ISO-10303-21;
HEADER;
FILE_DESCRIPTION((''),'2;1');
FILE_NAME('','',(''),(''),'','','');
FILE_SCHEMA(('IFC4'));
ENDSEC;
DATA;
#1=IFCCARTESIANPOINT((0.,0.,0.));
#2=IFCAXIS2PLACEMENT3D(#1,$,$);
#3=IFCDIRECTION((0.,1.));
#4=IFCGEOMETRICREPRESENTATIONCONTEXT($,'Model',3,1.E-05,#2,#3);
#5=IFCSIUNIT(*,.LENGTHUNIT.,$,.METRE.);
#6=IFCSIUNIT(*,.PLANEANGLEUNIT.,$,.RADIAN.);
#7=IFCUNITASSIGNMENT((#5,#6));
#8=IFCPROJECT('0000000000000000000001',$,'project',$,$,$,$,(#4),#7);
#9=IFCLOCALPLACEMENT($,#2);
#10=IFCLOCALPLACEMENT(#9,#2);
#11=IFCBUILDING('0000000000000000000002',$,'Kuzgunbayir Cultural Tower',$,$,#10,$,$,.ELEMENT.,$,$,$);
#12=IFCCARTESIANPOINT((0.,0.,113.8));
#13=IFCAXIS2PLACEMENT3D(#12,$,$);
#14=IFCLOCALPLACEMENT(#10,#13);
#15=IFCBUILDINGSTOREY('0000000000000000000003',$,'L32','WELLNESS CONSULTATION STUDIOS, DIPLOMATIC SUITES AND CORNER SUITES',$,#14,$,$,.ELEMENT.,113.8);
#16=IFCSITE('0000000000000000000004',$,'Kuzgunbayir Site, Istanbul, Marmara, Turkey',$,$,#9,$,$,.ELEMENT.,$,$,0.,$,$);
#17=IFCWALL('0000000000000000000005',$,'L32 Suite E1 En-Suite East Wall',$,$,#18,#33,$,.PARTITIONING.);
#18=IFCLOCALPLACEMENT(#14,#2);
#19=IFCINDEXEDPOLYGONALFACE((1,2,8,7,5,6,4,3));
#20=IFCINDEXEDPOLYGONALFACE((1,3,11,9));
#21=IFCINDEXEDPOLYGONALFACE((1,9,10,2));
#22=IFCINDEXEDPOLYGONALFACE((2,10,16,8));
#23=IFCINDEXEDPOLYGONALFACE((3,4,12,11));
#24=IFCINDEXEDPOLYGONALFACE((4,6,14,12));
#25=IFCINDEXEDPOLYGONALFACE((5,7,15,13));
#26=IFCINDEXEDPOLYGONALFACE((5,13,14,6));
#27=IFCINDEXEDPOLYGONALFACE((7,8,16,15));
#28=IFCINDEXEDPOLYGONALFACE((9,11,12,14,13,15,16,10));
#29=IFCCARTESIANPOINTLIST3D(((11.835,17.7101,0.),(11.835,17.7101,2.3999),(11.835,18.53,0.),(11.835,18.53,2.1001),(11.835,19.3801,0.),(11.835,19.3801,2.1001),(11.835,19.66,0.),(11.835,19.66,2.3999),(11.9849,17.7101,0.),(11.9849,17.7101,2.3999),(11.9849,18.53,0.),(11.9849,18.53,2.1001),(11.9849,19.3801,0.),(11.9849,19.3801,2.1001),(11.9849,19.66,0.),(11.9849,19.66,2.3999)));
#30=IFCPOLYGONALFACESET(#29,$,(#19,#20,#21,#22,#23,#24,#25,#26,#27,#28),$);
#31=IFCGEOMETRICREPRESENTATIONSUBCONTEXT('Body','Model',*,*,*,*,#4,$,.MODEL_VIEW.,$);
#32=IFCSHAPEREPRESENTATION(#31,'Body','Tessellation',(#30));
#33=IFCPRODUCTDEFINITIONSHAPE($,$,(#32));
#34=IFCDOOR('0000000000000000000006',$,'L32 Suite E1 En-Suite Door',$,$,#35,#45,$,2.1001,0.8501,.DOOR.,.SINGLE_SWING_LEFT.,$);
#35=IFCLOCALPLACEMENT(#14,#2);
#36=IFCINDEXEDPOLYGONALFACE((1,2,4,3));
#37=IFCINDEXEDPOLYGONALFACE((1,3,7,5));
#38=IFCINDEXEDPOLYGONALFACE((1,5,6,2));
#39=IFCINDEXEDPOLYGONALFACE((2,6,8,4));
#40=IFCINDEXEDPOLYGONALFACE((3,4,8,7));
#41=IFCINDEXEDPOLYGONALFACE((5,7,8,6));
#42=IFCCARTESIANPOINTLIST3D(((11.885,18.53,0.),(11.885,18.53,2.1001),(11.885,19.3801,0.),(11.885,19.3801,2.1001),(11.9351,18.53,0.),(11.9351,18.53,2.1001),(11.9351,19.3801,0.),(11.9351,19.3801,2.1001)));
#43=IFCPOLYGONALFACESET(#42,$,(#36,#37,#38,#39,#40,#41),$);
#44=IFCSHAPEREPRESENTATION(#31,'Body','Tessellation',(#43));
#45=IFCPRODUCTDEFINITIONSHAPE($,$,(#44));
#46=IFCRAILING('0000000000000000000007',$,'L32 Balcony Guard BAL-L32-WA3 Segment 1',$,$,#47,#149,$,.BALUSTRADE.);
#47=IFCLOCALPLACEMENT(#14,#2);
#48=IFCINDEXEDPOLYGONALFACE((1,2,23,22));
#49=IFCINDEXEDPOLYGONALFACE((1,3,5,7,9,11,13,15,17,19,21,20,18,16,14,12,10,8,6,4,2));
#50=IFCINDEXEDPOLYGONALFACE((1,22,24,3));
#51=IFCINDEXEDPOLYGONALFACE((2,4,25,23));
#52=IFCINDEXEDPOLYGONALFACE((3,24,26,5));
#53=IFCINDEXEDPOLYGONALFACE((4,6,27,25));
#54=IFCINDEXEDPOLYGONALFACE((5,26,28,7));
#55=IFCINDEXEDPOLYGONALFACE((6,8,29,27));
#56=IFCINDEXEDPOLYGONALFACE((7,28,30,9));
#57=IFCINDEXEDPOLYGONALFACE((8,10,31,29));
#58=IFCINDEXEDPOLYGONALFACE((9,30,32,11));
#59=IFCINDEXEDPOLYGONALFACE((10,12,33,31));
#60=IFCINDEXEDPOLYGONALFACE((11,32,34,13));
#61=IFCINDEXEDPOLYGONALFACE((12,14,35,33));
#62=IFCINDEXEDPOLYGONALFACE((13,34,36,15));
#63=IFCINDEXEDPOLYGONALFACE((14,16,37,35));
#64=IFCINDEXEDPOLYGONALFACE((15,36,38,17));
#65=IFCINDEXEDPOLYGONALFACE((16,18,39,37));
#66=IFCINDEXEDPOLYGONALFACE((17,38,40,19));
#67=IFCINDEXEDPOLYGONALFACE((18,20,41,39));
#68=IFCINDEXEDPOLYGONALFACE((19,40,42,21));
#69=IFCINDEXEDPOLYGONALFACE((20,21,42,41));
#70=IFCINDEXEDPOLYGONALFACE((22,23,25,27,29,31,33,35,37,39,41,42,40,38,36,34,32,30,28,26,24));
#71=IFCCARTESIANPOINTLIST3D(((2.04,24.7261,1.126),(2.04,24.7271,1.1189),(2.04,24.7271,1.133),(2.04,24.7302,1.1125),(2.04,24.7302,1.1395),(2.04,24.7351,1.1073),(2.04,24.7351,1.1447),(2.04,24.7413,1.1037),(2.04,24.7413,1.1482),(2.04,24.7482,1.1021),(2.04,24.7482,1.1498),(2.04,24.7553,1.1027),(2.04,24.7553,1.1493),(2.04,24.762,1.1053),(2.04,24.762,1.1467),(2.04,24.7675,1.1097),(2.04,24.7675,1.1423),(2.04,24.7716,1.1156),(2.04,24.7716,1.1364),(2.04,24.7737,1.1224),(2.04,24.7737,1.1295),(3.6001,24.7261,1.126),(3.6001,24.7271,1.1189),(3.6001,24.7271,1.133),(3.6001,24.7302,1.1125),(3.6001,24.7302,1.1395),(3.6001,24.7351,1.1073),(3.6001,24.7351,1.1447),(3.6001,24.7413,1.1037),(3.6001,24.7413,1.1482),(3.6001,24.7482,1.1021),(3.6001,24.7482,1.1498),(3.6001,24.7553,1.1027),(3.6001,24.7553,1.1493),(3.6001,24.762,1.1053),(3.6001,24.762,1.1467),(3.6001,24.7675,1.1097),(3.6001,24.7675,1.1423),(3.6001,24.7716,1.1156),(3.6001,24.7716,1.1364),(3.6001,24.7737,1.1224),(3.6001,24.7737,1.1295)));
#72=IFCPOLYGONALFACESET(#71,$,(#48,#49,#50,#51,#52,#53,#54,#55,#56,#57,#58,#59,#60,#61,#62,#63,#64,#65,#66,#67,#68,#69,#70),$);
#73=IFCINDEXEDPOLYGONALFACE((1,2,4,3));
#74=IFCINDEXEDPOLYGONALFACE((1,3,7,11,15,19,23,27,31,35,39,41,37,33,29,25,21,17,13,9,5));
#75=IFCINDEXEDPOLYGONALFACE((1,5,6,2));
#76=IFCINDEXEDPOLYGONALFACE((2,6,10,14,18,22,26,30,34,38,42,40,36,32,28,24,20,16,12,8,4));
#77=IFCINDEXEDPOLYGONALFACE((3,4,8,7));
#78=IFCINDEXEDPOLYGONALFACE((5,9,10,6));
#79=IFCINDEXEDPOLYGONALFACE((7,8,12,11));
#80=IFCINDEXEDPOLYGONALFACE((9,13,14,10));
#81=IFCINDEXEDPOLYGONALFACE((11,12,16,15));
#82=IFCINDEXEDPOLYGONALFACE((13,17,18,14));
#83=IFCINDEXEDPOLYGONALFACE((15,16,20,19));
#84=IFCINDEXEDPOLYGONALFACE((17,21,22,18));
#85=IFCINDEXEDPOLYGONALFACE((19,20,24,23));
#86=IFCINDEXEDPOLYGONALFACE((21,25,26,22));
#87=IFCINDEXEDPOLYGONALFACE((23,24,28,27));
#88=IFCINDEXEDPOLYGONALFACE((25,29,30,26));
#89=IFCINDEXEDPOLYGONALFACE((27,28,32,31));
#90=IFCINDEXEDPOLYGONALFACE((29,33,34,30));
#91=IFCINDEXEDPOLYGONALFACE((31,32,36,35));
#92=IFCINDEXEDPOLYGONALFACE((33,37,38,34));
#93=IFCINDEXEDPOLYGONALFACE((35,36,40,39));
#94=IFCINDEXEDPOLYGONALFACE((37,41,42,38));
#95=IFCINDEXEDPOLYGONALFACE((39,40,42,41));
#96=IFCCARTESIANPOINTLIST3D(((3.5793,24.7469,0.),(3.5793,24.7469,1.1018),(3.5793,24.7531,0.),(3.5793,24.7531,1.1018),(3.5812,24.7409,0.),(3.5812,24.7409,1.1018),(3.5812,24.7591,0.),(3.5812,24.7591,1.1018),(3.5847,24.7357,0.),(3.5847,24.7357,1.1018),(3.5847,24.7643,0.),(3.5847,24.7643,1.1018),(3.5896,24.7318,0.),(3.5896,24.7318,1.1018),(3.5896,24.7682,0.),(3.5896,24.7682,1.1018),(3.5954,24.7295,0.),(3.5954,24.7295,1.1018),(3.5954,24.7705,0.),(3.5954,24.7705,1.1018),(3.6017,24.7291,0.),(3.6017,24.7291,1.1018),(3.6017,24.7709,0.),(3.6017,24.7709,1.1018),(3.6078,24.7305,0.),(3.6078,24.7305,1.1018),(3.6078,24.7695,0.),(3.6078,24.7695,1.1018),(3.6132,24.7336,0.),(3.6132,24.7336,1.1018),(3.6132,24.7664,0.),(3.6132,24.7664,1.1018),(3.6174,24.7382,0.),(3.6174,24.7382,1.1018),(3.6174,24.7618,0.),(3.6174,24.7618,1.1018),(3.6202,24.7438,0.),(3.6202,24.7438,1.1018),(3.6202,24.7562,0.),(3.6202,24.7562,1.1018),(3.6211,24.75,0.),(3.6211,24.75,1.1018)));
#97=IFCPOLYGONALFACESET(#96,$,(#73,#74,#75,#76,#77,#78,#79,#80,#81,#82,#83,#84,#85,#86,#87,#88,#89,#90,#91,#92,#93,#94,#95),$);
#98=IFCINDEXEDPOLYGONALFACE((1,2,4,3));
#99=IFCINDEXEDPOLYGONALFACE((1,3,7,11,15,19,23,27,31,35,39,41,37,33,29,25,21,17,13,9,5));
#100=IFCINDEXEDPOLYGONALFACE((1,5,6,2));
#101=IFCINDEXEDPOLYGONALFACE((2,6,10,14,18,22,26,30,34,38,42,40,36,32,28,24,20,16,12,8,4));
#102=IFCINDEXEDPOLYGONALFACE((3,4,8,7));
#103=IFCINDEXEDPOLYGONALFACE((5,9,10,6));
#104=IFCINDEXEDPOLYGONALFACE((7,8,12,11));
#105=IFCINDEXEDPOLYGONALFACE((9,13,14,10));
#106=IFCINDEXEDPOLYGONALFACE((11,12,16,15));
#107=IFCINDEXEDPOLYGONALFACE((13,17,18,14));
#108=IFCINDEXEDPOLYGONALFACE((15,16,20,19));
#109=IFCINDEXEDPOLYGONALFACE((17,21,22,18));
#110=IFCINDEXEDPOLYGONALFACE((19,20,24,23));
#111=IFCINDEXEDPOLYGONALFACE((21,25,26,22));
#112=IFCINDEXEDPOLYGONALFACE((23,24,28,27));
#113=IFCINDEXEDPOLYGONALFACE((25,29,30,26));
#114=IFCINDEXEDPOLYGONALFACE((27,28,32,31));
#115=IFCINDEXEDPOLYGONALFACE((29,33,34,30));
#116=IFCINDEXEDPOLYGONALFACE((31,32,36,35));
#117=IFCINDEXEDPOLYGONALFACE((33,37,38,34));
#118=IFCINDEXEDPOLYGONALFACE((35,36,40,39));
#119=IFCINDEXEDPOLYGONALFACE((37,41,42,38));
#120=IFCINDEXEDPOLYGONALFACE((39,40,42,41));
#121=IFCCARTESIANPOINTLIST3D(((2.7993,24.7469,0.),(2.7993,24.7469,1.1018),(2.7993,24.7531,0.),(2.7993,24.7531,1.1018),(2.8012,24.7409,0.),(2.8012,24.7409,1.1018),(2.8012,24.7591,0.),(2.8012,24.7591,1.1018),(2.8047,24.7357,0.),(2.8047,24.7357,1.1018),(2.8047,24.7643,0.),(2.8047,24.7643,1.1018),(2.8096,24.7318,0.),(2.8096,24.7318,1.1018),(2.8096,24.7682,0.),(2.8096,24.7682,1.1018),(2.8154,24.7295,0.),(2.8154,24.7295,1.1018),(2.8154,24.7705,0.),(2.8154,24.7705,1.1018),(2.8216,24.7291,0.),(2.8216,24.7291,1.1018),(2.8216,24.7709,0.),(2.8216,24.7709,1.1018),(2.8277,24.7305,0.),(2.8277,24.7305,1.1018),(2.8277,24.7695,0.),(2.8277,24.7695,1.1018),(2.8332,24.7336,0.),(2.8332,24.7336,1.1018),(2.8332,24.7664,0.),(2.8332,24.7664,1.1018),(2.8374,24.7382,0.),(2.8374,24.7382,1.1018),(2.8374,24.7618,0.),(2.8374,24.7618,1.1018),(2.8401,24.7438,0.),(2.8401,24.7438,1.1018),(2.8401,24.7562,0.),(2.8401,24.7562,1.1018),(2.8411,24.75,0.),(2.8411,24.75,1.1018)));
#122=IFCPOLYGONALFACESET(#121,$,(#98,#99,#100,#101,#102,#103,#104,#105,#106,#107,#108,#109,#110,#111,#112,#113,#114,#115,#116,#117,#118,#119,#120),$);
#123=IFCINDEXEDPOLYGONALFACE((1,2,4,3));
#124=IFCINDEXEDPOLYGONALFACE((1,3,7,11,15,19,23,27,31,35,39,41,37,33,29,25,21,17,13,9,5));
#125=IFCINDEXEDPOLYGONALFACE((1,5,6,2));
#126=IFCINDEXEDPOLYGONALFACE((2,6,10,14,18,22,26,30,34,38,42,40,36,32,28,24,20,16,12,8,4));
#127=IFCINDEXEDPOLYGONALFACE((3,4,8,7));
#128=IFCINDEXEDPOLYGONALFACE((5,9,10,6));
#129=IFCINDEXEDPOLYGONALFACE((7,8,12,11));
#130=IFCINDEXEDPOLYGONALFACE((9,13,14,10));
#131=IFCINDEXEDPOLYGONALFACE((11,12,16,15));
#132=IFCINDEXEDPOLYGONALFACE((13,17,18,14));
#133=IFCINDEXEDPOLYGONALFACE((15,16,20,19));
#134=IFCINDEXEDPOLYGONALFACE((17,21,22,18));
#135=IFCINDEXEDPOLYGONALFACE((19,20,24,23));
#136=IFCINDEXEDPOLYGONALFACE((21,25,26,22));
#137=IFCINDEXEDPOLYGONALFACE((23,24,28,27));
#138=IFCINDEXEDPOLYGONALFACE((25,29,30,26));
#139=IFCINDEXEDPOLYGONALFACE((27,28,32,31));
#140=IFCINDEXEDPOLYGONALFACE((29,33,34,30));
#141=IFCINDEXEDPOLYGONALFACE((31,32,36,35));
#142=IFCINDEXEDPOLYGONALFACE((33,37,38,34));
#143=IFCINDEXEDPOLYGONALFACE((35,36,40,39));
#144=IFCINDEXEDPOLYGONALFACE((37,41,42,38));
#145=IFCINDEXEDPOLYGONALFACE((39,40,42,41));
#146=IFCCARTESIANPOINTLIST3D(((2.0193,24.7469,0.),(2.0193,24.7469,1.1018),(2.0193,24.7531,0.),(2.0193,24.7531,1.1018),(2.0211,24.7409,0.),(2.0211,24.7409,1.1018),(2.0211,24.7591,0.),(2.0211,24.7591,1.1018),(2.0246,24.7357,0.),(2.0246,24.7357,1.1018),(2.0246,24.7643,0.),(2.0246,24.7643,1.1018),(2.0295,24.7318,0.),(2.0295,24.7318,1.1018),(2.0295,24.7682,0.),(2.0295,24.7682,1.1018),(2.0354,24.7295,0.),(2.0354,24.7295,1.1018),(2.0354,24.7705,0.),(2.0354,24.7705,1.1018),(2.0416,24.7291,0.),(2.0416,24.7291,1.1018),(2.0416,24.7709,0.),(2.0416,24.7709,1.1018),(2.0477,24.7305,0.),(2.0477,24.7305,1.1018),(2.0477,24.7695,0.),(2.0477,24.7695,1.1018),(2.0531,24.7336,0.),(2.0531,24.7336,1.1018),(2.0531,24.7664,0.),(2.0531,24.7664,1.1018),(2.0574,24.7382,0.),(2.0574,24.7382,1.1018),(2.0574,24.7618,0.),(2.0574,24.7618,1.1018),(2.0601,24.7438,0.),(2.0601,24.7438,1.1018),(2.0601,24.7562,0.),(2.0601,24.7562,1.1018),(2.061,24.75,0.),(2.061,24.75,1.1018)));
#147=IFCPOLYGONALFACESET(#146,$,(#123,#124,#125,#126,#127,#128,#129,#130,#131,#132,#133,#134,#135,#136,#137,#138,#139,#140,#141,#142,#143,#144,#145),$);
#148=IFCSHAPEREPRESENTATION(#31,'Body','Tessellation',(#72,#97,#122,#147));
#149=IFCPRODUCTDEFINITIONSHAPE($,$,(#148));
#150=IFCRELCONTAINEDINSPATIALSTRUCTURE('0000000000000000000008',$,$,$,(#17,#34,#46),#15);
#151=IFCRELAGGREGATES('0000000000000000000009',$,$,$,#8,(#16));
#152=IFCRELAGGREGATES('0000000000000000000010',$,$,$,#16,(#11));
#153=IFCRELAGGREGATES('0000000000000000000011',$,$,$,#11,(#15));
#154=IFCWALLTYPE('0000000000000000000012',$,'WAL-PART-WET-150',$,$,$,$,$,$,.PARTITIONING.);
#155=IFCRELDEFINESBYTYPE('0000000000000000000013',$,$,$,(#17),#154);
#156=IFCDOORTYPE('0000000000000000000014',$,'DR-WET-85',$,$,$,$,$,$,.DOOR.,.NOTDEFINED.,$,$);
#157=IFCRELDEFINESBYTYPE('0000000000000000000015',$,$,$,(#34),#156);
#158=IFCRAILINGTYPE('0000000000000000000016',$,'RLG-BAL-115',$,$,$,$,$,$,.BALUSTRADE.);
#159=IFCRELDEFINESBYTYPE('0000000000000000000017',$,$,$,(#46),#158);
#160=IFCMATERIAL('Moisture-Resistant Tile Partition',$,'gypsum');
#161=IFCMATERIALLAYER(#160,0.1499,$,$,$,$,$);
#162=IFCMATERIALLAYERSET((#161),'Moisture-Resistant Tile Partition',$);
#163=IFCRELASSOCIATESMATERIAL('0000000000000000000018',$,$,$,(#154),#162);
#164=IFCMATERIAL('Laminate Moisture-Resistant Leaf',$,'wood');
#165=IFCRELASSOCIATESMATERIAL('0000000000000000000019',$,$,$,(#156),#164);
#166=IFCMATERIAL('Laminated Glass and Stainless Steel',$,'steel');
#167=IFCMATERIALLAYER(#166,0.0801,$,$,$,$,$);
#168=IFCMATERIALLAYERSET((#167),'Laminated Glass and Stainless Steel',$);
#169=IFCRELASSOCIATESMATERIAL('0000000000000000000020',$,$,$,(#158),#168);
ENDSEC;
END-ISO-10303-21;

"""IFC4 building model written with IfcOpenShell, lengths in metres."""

from ifc_helpers import new_model, si_unit, direction, frame, frame_2d, origin, origin_2d, place, context, subcontext, project, spatial, rectangle, circle, extrude, material, layer, layer_set, type_object, element, fill, save


model = new_model("IFC4")

# Units and contexts
model_context = context("Model", 3, precision=1e-05, world=origin(), true_north=direction((0.0, 1.0)))
body_context = subcontext(model_context, "Body", "Model", "MODEL_VIEW")
ifc_project = project(units=[si_unit("LENGTHUNIT", "METRE"), si_unit("PLANEANGLEUNIT", "RADIAN")], contexts=[model_context])

# Site, building, storey
site_placement = place(None, origin())
site = spatial("IfcSite", under=ifc_project, at=site_placement, Name="Kuzgunbayir Site, Istanbul, Marmara, Turkey", CompositionType="ELEMENT", RefElevation=0.0)
building_placement = place(site_placement, origin())
building = spatial("IfcBuilding", under=site, at=building_placement, Name="Kuzgunbayir Cultural Tower", CompositionType="ELEMENT")
storey_placement = place(building_placement, frame((0.0, 0.0, 113.8)))
storey = spatial("IfcBuildingStorey", under=building, at=storey_placement, Name="L32", Description="WELLNESS CONSULTATION STUDIOS, DIPLOMATIC SUITES AND CORNER SUITES", CompositionType="ELEMENT", Elevation=113.8)

# Shared definitions
ifc_material_1 = material(Name="Moisture-Resistant Tile Partition", Category="gypsum")
ifc_layer_1 = layer(ifc_material_1, 0.1499)
ifc_layer_set_1 = layer_set([ifc_layer_1], Name="Moisture-Resistant Tile Partition")
wall_type_1 = type_object("IfcWallType", Name="WAL-PART-WET-150", PredefinedType="PARTITIONING", material=ifc_layer_set_1)

# Wall, opening, door
wall_1_placement = place(storey_placement, frame((11.9099, 17.71, 0.0), z_axis=(0.0, 0.0, 1.0), x_axis=(0.0, 1.0, 0.0)))
wall_1 = element("IfcWall", 1, at=wall_1_placement, inside=storey, type_object=wall_type_1, Name="L32 Suite E1 En-Suite East Wall", PredefinedType="PARTITIONING", context=body_context, shape_type="SweptSolid", body=[
    extrude(rectangle(XDim=1.95, YDim=0.1499, at=frame_2d((0.9751, 0.0))), origin(), (0.0, 0.0, 1.0), 2.3999),
])
opening_placement = place(wall_1_placement, frame((0.8201, 0.0, 0.0)))
opening = element("IfcOpeningElement", 2, at=opening_placement, cuts=wall_1, PredefinedType="OPENING", context=body_context, shape_type="SweptSolid", body=[
    extrude(rectangle(XDim=0.8501, YDim=2.1001, at=frame_2d((0.425, 1.05))), frame((0.0, 0.085, 0.0), z_axis=(0.0, -1.0, 0.0), x_axis=(1.0, 0.0, 0.0)), (0.0, 0.0, 1.0), 0.1699),
])
ifc_material_2 = material(Name="Laminate Moisture-Resistant Leaf", Category="wood")
door_type = type_object("IfcDoorType", Name="DR-WET-85", OperationType="NOTDEFINED", PredefinedType="DOOR", material=ifc_material_2)
door_placement = place(opening_placement, origin())
door = element("IfcDoor", 3, at=door_placement, inside=storey, type_object=door_type, Name="L32 Suite E1 En-Suite Door", OperationType="SINGLE_SWING_LEFT", OverallHeight=2.1001, OverallWidth=0.8501, PredefinedType="DOOR", context=body_context, shape_type="SweptSolid", body=[
    extrude(rectangle(XDim=0.8501, YDim=2.1001, at=frame_2d((0.425, 1.05))), frame((0.0, 0.0249, 0.0), z_axis=(0.0, -1.0, 0.0), x_axis=(1.0, 0.0, 0.0)), (0.0, 0.0, 1.0), 0.05),
])
fill(opening, door)

# Railing
ifc_material_3 = material(Name="Laminated Glass and Stainless Steel", Category="steel")
ifc_layer_2 = layer(ifc_material_3, 0.0801)
ifc_layer_set_2 = layer_set([ifc_layer_2], Name="Laminated Glass and Stainless Steel")
railing_type = type_object("IfcRailingType", Name="RLG-BAL-115", PredefinedType="BALUSTRADE", material=ifc_layer_set_2)
railing_1_placement = place(storey_placement, frame((3.6001, 24.75, 0.0)))
element("IfcRailing", 4, at=railing_1_placement, inside=storey, type_object=railing_type, Name="L32 Balcony Guard BAL-L32-WA3 Segment 1", PredefinedType="BALUSTRADE", context=body_context, shape_type="SweptSolid", body=[
    extrude(circle(Radius=0.0239, at=origin_2d()), frame((0.0, 0.0, 1.126), z_axis=(-1.0, 0.0, 0.0), x_axis=(0.0, -1.0, 0.0)), (0.0, 0.0, 1.0), 1.5601),
    extrude(circle(Radius=0.021, at=origin_2d()), origin(), (0.0, 0.0, 1.0), 1.1018),
    extrude(circle(Radius=0.021, at=origin_2d()), frame((-0.78, 0.0, 0.0)), (0.0, 0.0, 1.0), 1.1018),
    extrude(circle(Radius=0.021, at=origin_2d()), frame((-1.5601, 0.0, 0.0)), (0.0, 0.0, 1.0), 1.1018),
])

save(model, "model.ifc")
